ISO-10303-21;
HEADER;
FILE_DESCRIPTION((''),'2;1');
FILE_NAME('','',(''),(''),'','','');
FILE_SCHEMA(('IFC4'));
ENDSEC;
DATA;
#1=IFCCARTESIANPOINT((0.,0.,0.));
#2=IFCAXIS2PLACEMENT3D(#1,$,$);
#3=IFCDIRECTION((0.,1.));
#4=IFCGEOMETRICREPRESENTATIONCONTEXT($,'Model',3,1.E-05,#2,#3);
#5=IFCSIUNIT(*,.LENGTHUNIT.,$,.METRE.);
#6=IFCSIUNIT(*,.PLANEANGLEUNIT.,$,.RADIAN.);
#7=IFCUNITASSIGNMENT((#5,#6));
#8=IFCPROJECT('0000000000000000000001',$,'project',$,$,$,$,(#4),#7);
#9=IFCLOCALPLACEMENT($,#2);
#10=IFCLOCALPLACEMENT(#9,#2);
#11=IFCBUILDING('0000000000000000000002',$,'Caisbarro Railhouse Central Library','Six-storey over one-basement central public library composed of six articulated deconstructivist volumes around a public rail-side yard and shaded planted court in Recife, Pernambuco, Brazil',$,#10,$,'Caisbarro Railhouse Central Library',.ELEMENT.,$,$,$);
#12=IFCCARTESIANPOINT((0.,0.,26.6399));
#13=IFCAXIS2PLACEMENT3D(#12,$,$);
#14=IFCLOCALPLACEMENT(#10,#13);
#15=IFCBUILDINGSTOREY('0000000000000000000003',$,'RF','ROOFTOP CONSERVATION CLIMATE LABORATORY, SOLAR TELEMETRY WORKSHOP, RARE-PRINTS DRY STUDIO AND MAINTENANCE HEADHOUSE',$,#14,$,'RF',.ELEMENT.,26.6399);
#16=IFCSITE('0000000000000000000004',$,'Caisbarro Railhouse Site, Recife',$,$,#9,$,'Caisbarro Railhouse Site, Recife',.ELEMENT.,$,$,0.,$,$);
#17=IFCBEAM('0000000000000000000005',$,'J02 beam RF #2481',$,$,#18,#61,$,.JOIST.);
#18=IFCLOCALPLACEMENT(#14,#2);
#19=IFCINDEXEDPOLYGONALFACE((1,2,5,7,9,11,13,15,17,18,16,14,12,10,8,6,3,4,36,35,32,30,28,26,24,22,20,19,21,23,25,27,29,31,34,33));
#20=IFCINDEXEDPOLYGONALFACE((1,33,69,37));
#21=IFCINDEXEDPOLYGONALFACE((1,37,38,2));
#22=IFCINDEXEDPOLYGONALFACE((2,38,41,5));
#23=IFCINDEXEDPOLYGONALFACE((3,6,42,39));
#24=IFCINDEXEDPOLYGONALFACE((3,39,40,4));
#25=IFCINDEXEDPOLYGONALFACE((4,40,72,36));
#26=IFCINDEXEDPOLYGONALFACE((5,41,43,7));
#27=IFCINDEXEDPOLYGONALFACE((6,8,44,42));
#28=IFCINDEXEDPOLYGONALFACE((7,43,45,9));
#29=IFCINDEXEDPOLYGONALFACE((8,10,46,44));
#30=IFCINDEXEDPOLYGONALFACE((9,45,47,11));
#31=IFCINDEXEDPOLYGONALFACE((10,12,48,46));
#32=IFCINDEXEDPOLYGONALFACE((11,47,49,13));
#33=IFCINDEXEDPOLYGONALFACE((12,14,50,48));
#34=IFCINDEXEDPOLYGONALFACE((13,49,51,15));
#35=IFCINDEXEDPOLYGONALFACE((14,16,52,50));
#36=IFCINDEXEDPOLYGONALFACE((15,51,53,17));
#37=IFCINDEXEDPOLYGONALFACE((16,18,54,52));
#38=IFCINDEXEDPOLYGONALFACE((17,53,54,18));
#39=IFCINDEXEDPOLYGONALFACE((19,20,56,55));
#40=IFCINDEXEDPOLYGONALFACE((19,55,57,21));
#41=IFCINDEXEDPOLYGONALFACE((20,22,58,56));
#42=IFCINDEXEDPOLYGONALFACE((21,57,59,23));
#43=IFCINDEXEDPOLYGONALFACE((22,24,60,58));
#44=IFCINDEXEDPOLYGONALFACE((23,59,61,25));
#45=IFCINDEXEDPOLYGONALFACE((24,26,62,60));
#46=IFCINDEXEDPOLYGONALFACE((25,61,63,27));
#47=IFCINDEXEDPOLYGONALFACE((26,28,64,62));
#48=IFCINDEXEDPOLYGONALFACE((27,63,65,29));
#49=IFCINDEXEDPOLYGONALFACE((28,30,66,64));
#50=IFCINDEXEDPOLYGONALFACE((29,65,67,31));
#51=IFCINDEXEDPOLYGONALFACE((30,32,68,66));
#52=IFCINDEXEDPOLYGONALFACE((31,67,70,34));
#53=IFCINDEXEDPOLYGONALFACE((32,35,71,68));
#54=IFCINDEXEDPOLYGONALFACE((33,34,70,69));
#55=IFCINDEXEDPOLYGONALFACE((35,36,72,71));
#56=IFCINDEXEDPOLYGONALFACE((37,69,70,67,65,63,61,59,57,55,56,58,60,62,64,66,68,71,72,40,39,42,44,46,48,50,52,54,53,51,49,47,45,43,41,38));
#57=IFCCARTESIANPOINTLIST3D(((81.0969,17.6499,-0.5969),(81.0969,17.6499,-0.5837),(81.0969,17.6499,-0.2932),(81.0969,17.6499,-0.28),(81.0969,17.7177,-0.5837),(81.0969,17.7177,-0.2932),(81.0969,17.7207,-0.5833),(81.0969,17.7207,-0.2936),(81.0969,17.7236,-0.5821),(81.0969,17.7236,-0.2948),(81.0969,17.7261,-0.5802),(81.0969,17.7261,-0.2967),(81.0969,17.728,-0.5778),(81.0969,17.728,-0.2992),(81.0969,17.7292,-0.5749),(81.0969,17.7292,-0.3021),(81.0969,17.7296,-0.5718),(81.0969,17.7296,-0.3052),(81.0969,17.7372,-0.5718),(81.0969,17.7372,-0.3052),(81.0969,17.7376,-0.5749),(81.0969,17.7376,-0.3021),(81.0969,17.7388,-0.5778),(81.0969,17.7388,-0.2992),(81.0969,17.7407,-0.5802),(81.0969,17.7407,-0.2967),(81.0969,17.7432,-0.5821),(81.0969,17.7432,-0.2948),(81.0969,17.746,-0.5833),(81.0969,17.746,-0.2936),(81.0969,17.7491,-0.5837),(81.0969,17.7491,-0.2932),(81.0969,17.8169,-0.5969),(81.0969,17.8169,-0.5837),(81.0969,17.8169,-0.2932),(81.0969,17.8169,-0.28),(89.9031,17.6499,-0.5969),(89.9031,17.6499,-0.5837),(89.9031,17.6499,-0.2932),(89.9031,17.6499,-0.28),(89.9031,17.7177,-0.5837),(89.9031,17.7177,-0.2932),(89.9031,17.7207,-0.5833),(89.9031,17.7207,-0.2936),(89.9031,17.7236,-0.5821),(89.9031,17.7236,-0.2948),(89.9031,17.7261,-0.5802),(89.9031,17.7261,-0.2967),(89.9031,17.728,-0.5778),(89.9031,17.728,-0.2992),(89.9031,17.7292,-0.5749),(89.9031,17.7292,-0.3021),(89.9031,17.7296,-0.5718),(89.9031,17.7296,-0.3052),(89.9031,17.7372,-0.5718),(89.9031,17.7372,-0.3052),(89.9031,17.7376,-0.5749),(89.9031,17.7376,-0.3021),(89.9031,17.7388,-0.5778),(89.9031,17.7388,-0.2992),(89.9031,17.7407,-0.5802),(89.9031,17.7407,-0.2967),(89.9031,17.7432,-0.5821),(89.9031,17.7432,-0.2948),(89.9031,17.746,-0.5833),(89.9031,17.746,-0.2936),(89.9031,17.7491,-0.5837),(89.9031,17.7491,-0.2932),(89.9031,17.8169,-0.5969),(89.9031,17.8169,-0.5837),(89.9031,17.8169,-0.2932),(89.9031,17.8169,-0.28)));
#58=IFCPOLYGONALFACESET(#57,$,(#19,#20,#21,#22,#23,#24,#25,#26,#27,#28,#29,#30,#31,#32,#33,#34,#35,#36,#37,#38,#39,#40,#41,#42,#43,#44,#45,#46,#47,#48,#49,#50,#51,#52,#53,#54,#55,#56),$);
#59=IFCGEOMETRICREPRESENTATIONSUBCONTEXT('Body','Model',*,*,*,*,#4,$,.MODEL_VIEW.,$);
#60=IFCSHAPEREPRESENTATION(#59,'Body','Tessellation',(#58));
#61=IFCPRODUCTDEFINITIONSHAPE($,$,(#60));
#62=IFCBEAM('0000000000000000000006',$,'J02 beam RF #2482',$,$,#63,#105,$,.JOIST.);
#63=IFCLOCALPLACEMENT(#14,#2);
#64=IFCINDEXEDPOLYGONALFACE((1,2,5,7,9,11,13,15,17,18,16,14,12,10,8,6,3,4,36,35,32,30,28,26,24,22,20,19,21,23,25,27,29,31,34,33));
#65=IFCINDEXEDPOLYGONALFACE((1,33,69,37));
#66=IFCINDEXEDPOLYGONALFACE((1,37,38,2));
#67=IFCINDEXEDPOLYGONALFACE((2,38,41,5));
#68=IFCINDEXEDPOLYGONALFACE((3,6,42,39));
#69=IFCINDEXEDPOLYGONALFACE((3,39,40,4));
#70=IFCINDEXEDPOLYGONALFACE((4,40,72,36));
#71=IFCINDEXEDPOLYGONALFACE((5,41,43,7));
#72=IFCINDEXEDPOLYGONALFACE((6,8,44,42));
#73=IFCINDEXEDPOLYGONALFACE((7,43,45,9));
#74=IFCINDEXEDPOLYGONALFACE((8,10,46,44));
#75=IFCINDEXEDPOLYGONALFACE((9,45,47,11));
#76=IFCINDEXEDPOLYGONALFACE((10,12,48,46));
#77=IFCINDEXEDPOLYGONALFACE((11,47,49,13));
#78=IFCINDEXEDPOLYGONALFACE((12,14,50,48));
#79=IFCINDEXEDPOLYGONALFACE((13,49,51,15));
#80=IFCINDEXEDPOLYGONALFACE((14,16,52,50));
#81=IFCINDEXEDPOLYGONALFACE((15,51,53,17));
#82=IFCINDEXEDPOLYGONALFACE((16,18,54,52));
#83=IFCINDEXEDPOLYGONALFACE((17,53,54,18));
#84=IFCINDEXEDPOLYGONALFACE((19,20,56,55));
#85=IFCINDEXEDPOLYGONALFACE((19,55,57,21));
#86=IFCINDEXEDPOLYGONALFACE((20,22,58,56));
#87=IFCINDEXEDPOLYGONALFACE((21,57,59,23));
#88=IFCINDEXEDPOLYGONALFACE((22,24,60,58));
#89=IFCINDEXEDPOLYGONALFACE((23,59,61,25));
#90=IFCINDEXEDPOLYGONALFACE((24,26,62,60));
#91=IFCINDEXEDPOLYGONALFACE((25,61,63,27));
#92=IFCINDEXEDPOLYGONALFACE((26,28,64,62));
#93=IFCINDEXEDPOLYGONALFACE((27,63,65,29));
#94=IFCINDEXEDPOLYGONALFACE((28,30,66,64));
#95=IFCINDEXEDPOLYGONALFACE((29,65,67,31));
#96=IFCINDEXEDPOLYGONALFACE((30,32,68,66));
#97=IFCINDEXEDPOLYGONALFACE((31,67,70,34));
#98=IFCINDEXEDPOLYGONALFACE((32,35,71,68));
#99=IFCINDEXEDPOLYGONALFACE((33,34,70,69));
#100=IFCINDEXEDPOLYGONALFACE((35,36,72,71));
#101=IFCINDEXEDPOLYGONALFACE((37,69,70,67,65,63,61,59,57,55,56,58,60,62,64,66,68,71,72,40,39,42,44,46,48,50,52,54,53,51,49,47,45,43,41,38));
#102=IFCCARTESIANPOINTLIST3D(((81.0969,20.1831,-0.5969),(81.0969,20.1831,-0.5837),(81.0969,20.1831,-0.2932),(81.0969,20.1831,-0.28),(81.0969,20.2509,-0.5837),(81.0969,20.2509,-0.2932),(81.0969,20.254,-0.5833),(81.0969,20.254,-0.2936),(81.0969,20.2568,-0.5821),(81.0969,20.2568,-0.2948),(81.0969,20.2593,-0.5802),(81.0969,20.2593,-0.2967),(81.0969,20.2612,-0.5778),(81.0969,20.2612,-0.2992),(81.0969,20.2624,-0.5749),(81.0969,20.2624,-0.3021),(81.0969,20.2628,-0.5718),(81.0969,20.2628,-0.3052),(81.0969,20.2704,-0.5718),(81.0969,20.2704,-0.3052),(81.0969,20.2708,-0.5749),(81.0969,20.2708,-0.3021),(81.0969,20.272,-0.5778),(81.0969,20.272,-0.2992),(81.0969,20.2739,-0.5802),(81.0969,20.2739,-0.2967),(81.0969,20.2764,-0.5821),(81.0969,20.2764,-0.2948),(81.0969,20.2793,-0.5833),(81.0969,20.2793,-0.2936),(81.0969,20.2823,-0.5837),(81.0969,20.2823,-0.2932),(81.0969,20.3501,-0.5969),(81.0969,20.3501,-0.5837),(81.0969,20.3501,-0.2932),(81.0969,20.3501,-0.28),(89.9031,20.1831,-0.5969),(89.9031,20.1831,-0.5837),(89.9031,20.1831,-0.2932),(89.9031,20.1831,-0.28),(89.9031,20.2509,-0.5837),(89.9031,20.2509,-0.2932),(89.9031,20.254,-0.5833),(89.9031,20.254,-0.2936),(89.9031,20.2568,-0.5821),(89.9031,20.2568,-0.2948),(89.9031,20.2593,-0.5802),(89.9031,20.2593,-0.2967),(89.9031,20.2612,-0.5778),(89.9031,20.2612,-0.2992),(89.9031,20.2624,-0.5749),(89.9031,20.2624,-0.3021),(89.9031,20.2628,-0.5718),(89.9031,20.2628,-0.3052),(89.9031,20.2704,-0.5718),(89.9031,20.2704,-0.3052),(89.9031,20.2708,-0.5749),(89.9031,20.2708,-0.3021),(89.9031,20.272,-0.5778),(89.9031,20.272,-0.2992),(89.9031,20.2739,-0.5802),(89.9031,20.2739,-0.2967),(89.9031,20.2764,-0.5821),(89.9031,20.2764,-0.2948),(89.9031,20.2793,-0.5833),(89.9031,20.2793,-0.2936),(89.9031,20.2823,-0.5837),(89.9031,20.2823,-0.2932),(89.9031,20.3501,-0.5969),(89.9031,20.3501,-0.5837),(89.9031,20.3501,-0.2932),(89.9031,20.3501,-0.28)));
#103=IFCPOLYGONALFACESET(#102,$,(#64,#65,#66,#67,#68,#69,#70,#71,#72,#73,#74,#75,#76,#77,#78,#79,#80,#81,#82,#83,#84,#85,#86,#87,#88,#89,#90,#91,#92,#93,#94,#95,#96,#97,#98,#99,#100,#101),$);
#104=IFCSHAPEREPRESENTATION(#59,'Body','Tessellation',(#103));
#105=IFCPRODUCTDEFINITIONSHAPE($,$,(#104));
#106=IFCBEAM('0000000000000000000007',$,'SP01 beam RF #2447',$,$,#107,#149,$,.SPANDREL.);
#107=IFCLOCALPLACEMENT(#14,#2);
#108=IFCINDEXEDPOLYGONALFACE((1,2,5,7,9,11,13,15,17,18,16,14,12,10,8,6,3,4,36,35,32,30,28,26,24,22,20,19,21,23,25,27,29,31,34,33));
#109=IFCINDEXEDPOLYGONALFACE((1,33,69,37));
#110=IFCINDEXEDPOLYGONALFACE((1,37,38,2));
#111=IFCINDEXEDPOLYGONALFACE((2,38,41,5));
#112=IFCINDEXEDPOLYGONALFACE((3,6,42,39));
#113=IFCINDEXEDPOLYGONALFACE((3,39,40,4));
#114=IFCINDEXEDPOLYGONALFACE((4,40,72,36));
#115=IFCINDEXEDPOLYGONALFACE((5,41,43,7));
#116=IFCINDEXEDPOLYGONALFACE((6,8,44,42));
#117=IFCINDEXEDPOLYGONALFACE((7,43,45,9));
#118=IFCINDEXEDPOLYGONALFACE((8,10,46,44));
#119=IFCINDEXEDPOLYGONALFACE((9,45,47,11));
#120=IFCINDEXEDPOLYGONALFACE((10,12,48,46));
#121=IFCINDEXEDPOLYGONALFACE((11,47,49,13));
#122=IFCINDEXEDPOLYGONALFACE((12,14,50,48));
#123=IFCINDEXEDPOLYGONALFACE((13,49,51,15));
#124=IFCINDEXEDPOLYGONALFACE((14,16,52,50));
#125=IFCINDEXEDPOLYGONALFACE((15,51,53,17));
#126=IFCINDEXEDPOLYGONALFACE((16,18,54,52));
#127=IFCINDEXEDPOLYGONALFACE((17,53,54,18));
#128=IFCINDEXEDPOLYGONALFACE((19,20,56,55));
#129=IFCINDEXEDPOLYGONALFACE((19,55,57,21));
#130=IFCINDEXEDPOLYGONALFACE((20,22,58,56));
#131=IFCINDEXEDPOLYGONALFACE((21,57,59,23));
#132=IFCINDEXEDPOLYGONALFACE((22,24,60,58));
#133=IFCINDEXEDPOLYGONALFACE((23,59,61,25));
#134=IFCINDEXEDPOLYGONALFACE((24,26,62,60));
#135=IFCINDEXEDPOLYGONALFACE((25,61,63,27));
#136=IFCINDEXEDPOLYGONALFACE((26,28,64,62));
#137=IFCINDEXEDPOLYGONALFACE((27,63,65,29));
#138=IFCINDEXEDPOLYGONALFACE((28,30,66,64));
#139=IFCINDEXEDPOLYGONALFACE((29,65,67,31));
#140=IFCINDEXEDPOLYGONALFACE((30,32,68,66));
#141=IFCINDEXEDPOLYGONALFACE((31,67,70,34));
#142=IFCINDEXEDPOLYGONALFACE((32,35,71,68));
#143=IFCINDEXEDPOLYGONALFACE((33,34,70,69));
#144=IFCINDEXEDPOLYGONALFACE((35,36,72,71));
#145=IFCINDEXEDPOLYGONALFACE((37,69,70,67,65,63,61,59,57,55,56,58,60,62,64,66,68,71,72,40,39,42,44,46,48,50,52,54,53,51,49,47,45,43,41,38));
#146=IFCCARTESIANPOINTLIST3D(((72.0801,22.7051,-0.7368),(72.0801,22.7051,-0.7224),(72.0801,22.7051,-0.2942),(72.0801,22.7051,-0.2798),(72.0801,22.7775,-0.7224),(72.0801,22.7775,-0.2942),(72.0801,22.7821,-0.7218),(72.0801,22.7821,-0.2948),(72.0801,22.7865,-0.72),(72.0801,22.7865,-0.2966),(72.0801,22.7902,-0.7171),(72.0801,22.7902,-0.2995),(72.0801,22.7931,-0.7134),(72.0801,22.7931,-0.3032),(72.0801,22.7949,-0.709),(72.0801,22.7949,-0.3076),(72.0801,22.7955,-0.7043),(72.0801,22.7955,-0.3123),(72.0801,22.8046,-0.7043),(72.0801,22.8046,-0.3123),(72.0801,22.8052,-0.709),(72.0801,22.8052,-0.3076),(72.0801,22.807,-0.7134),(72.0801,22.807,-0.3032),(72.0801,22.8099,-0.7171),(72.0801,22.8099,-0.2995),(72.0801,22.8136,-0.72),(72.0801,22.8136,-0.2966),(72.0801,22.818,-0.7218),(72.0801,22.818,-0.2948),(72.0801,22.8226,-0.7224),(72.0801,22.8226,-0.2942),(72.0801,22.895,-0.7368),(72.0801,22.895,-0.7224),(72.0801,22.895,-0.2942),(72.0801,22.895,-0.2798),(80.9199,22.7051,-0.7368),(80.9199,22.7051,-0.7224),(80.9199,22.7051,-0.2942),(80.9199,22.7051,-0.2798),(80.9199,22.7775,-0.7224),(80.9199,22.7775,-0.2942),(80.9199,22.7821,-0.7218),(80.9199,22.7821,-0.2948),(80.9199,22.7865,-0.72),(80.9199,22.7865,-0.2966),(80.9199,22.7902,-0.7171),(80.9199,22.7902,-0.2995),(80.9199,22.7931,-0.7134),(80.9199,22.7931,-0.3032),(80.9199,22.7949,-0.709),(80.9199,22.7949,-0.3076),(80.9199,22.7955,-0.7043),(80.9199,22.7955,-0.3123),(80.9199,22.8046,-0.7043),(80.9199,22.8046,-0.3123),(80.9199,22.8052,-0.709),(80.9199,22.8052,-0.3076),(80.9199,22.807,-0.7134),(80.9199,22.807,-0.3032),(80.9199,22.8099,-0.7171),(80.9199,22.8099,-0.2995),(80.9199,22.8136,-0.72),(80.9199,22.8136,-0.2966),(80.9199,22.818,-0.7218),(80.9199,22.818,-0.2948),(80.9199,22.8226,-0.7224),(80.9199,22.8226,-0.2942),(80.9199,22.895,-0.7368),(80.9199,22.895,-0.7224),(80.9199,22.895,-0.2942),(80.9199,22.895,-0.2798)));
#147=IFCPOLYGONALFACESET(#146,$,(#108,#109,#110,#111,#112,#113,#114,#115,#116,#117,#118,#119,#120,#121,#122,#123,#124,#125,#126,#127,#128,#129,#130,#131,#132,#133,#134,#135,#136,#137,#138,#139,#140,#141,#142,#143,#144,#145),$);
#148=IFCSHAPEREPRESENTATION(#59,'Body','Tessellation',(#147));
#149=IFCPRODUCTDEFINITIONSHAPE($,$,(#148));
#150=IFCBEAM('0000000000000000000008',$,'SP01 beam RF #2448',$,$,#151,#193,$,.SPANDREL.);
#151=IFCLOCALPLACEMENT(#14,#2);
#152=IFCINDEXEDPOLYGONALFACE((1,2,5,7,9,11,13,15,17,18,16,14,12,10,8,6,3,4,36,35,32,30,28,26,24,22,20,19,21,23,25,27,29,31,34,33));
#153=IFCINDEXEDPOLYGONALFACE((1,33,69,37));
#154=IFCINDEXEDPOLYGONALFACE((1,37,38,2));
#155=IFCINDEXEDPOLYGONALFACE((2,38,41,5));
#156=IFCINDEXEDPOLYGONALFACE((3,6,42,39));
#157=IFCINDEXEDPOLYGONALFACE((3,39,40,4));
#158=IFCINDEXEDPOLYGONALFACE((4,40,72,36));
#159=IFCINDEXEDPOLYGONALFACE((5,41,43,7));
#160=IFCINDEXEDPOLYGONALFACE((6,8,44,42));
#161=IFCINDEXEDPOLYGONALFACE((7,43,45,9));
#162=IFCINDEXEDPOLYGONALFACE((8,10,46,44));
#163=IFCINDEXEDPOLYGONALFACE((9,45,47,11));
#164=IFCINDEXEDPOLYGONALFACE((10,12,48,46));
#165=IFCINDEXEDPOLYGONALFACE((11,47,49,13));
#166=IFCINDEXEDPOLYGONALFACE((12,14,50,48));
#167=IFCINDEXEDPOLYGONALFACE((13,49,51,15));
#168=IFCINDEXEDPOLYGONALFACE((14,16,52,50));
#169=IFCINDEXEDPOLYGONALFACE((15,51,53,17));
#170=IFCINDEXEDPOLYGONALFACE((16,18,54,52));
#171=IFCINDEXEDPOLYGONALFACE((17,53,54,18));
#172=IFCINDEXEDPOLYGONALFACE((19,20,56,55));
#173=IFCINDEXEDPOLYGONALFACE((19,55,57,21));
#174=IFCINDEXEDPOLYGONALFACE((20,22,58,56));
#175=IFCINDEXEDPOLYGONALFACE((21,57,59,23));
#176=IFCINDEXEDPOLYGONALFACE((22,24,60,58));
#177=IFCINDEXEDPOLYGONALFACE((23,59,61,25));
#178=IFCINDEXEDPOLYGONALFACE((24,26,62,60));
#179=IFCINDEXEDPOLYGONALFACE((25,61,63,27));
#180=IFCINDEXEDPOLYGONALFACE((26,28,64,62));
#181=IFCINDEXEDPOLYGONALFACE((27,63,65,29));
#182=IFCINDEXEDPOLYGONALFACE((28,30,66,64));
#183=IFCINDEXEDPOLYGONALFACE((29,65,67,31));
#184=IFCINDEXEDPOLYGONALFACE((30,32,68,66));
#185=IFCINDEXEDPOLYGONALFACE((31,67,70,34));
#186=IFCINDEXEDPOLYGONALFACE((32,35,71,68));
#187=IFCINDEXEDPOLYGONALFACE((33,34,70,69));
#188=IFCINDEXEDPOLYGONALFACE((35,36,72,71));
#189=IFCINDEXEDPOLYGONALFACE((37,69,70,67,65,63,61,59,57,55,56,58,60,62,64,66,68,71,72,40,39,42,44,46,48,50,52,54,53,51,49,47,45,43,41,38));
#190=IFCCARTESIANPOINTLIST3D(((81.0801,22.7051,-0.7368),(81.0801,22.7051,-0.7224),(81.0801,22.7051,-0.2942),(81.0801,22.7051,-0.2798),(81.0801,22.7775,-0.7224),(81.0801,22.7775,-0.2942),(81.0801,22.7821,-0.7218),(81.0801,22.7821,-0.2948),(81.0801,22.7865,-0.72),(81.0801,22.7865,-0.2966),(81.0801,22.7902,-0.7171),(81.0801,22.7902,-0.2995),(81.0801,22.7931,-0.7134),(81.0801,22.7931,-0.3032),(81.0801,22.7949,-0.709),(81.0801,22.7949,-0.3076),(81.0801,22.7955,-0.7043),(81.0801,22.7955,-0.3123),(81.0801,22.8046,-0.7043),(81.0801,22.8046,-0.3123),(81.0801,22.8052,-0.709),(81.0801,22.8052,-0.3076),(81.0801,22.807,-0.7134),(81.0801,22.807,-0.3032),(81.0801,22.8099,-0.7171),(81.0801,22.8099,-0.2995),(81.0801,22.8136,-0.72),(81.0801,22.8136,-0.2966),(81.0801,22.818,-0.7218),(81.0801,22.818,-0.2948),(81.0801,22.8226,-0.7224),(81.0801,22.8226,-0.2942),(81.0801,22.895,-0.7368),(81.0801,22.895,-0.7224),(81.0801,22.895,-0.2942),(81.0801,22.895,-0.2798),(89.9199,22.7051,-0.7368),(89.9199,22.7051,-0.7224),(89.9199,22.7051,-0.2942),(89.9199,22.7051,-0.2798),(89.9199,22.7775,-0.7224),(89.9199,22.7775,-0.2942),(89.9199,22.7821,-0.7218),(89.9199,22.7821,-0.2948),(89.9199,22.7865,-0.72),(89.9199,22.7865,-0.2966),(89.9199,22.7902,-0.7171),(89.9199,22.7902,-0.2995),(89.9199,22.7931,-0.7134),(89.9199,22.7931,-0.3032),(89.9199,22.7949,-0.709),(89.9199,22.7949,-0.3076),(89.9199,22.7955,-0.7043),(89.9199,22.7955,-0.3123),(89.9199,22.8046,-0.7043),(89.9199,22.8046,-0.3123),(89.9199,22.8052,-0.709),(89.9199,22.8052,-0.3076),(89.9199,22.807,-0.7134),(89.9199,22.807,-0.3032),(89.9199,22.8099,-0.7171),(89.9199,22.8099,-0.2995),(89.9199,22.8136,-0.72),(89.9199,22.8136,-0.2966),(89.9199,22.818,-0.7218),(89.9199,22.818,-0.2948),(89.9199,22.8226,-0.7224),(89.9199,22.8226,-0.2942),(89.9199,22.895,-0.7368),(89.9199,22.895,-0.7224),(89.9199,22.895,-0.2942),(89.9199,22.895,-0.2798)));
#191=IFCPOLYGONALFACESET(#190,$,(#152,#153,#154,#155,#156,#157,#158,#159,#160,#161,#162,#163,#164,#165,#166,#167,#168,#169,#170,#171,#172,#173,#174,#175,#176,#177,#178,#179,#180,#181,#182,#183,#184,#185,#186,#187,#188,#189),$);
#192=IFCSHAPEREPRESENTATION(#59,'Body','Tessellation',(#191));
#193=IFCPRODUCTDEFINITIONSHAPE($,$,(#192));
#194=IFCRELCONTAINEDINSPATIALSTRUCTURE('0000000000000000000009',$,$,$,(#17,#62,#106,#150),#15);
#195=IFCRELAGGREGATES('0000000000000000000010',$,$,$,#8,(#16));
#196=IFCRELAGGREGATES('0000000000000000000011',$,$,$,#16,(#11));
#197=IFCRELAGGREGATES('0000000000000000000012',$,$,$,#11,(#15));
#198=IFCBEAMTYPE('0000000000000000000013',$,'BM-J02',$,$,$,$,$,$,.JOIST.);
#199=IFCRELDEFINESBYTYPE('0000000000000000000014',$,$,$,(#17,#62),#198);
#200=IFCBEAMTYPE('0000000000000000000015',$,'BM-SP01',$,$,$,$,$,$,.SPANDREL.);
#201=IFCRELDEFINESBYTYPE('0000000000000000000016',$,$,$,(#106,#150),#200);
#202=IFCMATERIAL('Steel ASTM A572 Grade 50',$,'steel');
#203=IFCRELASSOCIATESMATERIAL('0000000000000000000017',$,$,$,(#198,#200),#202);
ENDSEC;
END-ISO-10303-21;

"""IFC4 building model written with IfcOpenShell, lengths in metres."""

from ifc_helpers import new_model, si_unit, direction, frame, origin, origin_2d, place, context, subcontext, project, spatial, i_section, extrude, material, material_profile, profile_set, type_object, element, save


model = new_model("IFC4")

# Units and contexts
model_context = context("Model", 3, precision=1e-05, world=origin(), true_north=direction((0.0, 1.0)))
body_context = subcontext(model_context, "Body", "Model", "MODEL_VIEW")
ifc_project = project(units=[si_unit("LENGTHUNIT", "METRE"), si_unit("PLANEANGLEUNIT", "RADIAN")], contexts=[model_context])

# Site, building, storey
site_placement = place(None, origin())
site = spatial("IfcSite", under=ifc_project, at=site_placement, Name="Caisbarro Railhouse Site, Recife", LongName="Caisbarro Railhouse Site, Recife", CompositionType="ELEMENT", RefElevation=0.0)
building_placement = place(site_placement, origin())
building = spatial("IfcBuilding", under=site, at=building_placement, Name="Caisbarro Railhouse Central Library", Description="Six-storey over one-basement central public library composed of six articulated deconstructivist volumes around a public rail-side yard and shaded planted court in Recife, Pernambuco, Brazil", LongName="Caisbarro Railhouse Central Library", CompositionType="ELEMENT")
storey_placement = place(building_placement, frame((0.0, 0.0, 26.6399)))
storey = spatial("IfcBuildingStorey", under=building, at=storey_placement, Name="RF", Description="ROOFTOP CONSERVATION CLIMATE LABORATORY, SOLAR TELEMETRY WORKSHOP, RARE-PRINTS DRY STUDIO AND MAINTENANCE HEADHOUSE", LongName="RF", CompositionType="ELEMENT", Elevation=26.6399)

# Shared definitions
ifc_material_1 = material(Name="Steel ASTM A572 Grade 50", Category="steel")

# Beams
ifc_material_profile_1 = material_profile(ifc_material_1, i_section(OverallWidth=0.167, OverallDepth=0.3169, WebThickness=0.0076, FlangeThickness=0.0132, FilletRadius=0.012, at=origin_2d()), Name="W310X52.0")
ifc_profile_set_1 = profile_set([ifc_material_profile_1], Name="Steel ASTM A572 Grade 50")
beam_type_1 = type_object("IfcBeamType", Name="BM-J02", PredefinedType="JOIST", material=ifc_profile_set_1)
for number, where, z_axis, x_axis, name in (
    (1, (81.0969, 17.7334, -0.4385), (1.0, 0.0, 0.0), (0.0, 1.0, 0.0), "J02 beam RF #2481"),
    (2, (81.0969, 20.2666, -0.4385), (1.0, 0.0, 0.0), (0.0, 1.0, 0.0), "J02 beam RF #2482"),
):
    element("IfcBeam", number, at=place(storey_placement, frame(where, z_axis=z_axis, x_axis=x_axis)), inside=storey, type_object=beam_type_1, Name=name, PredefinedType="JOIST", context=body_context, shape_type="SweptSolid", body=[
        extrude(i_section(OverallWidth=0.167, OverallDepth=0.3169, WebThickness=0.0076, FlangeThickness=0.0132, FilletRadius=0.012, at=origin_2d()), origin(), (0.0, 0.0, 1.0), 8.8062),
    ])
ifc_material_profile_2 = material_profile(ifc_material_1, i_section(OverallWidth=0.1899, OverallDepth=0.457, WebThickness=0.009, FlangeThickness=0.0144, FilletRadius=0.0181, at=origin_2d()), Name="W460X74.0")
ifc_profile_set_2 = profile_set([ifc_material_profile_2], Name="Steel ASTM A572 Grade 50")
beam_type_2 = type_object("IfcBeamType", Name="BM-SP01", PredefinedType="SPANDREL", material=ifc_profile_set_2)
for number, where, z_axis, x_axis, name in (
    (3, (72.0801, 22.8, -0.5083), (1.0, 0.0, 0.0), (0.0, 1.0, 0.0), "SP01 beam RF #2447"),
    (4, (81.0801, 22.8, -0.5083), (1.0, 0.0, 0.0), (0.0, 1.0, 0.0), "SP01 beam RF #2448"),
):
    element("IfcBeam", number, at=place(storey_placement, frame(where, z_axis=z_axis, x_axis=x_axis)), inside=storey, type_object=beam_type_2, Name=name, PredefinedType="SPANDREL", context=body_context, shape_type="SweptSolid", body=[
        extrude(i_section(OverallWidth=0.1899, OverallDepth=0.457, WebThickness=0.009, FlangeThickness=0.0144, FilletRadius=0.0181, at=origin_2d()), origin(), (0.0, 0.0, 1.0), 8.8398),
    ])

save(model, "model.ifc")
